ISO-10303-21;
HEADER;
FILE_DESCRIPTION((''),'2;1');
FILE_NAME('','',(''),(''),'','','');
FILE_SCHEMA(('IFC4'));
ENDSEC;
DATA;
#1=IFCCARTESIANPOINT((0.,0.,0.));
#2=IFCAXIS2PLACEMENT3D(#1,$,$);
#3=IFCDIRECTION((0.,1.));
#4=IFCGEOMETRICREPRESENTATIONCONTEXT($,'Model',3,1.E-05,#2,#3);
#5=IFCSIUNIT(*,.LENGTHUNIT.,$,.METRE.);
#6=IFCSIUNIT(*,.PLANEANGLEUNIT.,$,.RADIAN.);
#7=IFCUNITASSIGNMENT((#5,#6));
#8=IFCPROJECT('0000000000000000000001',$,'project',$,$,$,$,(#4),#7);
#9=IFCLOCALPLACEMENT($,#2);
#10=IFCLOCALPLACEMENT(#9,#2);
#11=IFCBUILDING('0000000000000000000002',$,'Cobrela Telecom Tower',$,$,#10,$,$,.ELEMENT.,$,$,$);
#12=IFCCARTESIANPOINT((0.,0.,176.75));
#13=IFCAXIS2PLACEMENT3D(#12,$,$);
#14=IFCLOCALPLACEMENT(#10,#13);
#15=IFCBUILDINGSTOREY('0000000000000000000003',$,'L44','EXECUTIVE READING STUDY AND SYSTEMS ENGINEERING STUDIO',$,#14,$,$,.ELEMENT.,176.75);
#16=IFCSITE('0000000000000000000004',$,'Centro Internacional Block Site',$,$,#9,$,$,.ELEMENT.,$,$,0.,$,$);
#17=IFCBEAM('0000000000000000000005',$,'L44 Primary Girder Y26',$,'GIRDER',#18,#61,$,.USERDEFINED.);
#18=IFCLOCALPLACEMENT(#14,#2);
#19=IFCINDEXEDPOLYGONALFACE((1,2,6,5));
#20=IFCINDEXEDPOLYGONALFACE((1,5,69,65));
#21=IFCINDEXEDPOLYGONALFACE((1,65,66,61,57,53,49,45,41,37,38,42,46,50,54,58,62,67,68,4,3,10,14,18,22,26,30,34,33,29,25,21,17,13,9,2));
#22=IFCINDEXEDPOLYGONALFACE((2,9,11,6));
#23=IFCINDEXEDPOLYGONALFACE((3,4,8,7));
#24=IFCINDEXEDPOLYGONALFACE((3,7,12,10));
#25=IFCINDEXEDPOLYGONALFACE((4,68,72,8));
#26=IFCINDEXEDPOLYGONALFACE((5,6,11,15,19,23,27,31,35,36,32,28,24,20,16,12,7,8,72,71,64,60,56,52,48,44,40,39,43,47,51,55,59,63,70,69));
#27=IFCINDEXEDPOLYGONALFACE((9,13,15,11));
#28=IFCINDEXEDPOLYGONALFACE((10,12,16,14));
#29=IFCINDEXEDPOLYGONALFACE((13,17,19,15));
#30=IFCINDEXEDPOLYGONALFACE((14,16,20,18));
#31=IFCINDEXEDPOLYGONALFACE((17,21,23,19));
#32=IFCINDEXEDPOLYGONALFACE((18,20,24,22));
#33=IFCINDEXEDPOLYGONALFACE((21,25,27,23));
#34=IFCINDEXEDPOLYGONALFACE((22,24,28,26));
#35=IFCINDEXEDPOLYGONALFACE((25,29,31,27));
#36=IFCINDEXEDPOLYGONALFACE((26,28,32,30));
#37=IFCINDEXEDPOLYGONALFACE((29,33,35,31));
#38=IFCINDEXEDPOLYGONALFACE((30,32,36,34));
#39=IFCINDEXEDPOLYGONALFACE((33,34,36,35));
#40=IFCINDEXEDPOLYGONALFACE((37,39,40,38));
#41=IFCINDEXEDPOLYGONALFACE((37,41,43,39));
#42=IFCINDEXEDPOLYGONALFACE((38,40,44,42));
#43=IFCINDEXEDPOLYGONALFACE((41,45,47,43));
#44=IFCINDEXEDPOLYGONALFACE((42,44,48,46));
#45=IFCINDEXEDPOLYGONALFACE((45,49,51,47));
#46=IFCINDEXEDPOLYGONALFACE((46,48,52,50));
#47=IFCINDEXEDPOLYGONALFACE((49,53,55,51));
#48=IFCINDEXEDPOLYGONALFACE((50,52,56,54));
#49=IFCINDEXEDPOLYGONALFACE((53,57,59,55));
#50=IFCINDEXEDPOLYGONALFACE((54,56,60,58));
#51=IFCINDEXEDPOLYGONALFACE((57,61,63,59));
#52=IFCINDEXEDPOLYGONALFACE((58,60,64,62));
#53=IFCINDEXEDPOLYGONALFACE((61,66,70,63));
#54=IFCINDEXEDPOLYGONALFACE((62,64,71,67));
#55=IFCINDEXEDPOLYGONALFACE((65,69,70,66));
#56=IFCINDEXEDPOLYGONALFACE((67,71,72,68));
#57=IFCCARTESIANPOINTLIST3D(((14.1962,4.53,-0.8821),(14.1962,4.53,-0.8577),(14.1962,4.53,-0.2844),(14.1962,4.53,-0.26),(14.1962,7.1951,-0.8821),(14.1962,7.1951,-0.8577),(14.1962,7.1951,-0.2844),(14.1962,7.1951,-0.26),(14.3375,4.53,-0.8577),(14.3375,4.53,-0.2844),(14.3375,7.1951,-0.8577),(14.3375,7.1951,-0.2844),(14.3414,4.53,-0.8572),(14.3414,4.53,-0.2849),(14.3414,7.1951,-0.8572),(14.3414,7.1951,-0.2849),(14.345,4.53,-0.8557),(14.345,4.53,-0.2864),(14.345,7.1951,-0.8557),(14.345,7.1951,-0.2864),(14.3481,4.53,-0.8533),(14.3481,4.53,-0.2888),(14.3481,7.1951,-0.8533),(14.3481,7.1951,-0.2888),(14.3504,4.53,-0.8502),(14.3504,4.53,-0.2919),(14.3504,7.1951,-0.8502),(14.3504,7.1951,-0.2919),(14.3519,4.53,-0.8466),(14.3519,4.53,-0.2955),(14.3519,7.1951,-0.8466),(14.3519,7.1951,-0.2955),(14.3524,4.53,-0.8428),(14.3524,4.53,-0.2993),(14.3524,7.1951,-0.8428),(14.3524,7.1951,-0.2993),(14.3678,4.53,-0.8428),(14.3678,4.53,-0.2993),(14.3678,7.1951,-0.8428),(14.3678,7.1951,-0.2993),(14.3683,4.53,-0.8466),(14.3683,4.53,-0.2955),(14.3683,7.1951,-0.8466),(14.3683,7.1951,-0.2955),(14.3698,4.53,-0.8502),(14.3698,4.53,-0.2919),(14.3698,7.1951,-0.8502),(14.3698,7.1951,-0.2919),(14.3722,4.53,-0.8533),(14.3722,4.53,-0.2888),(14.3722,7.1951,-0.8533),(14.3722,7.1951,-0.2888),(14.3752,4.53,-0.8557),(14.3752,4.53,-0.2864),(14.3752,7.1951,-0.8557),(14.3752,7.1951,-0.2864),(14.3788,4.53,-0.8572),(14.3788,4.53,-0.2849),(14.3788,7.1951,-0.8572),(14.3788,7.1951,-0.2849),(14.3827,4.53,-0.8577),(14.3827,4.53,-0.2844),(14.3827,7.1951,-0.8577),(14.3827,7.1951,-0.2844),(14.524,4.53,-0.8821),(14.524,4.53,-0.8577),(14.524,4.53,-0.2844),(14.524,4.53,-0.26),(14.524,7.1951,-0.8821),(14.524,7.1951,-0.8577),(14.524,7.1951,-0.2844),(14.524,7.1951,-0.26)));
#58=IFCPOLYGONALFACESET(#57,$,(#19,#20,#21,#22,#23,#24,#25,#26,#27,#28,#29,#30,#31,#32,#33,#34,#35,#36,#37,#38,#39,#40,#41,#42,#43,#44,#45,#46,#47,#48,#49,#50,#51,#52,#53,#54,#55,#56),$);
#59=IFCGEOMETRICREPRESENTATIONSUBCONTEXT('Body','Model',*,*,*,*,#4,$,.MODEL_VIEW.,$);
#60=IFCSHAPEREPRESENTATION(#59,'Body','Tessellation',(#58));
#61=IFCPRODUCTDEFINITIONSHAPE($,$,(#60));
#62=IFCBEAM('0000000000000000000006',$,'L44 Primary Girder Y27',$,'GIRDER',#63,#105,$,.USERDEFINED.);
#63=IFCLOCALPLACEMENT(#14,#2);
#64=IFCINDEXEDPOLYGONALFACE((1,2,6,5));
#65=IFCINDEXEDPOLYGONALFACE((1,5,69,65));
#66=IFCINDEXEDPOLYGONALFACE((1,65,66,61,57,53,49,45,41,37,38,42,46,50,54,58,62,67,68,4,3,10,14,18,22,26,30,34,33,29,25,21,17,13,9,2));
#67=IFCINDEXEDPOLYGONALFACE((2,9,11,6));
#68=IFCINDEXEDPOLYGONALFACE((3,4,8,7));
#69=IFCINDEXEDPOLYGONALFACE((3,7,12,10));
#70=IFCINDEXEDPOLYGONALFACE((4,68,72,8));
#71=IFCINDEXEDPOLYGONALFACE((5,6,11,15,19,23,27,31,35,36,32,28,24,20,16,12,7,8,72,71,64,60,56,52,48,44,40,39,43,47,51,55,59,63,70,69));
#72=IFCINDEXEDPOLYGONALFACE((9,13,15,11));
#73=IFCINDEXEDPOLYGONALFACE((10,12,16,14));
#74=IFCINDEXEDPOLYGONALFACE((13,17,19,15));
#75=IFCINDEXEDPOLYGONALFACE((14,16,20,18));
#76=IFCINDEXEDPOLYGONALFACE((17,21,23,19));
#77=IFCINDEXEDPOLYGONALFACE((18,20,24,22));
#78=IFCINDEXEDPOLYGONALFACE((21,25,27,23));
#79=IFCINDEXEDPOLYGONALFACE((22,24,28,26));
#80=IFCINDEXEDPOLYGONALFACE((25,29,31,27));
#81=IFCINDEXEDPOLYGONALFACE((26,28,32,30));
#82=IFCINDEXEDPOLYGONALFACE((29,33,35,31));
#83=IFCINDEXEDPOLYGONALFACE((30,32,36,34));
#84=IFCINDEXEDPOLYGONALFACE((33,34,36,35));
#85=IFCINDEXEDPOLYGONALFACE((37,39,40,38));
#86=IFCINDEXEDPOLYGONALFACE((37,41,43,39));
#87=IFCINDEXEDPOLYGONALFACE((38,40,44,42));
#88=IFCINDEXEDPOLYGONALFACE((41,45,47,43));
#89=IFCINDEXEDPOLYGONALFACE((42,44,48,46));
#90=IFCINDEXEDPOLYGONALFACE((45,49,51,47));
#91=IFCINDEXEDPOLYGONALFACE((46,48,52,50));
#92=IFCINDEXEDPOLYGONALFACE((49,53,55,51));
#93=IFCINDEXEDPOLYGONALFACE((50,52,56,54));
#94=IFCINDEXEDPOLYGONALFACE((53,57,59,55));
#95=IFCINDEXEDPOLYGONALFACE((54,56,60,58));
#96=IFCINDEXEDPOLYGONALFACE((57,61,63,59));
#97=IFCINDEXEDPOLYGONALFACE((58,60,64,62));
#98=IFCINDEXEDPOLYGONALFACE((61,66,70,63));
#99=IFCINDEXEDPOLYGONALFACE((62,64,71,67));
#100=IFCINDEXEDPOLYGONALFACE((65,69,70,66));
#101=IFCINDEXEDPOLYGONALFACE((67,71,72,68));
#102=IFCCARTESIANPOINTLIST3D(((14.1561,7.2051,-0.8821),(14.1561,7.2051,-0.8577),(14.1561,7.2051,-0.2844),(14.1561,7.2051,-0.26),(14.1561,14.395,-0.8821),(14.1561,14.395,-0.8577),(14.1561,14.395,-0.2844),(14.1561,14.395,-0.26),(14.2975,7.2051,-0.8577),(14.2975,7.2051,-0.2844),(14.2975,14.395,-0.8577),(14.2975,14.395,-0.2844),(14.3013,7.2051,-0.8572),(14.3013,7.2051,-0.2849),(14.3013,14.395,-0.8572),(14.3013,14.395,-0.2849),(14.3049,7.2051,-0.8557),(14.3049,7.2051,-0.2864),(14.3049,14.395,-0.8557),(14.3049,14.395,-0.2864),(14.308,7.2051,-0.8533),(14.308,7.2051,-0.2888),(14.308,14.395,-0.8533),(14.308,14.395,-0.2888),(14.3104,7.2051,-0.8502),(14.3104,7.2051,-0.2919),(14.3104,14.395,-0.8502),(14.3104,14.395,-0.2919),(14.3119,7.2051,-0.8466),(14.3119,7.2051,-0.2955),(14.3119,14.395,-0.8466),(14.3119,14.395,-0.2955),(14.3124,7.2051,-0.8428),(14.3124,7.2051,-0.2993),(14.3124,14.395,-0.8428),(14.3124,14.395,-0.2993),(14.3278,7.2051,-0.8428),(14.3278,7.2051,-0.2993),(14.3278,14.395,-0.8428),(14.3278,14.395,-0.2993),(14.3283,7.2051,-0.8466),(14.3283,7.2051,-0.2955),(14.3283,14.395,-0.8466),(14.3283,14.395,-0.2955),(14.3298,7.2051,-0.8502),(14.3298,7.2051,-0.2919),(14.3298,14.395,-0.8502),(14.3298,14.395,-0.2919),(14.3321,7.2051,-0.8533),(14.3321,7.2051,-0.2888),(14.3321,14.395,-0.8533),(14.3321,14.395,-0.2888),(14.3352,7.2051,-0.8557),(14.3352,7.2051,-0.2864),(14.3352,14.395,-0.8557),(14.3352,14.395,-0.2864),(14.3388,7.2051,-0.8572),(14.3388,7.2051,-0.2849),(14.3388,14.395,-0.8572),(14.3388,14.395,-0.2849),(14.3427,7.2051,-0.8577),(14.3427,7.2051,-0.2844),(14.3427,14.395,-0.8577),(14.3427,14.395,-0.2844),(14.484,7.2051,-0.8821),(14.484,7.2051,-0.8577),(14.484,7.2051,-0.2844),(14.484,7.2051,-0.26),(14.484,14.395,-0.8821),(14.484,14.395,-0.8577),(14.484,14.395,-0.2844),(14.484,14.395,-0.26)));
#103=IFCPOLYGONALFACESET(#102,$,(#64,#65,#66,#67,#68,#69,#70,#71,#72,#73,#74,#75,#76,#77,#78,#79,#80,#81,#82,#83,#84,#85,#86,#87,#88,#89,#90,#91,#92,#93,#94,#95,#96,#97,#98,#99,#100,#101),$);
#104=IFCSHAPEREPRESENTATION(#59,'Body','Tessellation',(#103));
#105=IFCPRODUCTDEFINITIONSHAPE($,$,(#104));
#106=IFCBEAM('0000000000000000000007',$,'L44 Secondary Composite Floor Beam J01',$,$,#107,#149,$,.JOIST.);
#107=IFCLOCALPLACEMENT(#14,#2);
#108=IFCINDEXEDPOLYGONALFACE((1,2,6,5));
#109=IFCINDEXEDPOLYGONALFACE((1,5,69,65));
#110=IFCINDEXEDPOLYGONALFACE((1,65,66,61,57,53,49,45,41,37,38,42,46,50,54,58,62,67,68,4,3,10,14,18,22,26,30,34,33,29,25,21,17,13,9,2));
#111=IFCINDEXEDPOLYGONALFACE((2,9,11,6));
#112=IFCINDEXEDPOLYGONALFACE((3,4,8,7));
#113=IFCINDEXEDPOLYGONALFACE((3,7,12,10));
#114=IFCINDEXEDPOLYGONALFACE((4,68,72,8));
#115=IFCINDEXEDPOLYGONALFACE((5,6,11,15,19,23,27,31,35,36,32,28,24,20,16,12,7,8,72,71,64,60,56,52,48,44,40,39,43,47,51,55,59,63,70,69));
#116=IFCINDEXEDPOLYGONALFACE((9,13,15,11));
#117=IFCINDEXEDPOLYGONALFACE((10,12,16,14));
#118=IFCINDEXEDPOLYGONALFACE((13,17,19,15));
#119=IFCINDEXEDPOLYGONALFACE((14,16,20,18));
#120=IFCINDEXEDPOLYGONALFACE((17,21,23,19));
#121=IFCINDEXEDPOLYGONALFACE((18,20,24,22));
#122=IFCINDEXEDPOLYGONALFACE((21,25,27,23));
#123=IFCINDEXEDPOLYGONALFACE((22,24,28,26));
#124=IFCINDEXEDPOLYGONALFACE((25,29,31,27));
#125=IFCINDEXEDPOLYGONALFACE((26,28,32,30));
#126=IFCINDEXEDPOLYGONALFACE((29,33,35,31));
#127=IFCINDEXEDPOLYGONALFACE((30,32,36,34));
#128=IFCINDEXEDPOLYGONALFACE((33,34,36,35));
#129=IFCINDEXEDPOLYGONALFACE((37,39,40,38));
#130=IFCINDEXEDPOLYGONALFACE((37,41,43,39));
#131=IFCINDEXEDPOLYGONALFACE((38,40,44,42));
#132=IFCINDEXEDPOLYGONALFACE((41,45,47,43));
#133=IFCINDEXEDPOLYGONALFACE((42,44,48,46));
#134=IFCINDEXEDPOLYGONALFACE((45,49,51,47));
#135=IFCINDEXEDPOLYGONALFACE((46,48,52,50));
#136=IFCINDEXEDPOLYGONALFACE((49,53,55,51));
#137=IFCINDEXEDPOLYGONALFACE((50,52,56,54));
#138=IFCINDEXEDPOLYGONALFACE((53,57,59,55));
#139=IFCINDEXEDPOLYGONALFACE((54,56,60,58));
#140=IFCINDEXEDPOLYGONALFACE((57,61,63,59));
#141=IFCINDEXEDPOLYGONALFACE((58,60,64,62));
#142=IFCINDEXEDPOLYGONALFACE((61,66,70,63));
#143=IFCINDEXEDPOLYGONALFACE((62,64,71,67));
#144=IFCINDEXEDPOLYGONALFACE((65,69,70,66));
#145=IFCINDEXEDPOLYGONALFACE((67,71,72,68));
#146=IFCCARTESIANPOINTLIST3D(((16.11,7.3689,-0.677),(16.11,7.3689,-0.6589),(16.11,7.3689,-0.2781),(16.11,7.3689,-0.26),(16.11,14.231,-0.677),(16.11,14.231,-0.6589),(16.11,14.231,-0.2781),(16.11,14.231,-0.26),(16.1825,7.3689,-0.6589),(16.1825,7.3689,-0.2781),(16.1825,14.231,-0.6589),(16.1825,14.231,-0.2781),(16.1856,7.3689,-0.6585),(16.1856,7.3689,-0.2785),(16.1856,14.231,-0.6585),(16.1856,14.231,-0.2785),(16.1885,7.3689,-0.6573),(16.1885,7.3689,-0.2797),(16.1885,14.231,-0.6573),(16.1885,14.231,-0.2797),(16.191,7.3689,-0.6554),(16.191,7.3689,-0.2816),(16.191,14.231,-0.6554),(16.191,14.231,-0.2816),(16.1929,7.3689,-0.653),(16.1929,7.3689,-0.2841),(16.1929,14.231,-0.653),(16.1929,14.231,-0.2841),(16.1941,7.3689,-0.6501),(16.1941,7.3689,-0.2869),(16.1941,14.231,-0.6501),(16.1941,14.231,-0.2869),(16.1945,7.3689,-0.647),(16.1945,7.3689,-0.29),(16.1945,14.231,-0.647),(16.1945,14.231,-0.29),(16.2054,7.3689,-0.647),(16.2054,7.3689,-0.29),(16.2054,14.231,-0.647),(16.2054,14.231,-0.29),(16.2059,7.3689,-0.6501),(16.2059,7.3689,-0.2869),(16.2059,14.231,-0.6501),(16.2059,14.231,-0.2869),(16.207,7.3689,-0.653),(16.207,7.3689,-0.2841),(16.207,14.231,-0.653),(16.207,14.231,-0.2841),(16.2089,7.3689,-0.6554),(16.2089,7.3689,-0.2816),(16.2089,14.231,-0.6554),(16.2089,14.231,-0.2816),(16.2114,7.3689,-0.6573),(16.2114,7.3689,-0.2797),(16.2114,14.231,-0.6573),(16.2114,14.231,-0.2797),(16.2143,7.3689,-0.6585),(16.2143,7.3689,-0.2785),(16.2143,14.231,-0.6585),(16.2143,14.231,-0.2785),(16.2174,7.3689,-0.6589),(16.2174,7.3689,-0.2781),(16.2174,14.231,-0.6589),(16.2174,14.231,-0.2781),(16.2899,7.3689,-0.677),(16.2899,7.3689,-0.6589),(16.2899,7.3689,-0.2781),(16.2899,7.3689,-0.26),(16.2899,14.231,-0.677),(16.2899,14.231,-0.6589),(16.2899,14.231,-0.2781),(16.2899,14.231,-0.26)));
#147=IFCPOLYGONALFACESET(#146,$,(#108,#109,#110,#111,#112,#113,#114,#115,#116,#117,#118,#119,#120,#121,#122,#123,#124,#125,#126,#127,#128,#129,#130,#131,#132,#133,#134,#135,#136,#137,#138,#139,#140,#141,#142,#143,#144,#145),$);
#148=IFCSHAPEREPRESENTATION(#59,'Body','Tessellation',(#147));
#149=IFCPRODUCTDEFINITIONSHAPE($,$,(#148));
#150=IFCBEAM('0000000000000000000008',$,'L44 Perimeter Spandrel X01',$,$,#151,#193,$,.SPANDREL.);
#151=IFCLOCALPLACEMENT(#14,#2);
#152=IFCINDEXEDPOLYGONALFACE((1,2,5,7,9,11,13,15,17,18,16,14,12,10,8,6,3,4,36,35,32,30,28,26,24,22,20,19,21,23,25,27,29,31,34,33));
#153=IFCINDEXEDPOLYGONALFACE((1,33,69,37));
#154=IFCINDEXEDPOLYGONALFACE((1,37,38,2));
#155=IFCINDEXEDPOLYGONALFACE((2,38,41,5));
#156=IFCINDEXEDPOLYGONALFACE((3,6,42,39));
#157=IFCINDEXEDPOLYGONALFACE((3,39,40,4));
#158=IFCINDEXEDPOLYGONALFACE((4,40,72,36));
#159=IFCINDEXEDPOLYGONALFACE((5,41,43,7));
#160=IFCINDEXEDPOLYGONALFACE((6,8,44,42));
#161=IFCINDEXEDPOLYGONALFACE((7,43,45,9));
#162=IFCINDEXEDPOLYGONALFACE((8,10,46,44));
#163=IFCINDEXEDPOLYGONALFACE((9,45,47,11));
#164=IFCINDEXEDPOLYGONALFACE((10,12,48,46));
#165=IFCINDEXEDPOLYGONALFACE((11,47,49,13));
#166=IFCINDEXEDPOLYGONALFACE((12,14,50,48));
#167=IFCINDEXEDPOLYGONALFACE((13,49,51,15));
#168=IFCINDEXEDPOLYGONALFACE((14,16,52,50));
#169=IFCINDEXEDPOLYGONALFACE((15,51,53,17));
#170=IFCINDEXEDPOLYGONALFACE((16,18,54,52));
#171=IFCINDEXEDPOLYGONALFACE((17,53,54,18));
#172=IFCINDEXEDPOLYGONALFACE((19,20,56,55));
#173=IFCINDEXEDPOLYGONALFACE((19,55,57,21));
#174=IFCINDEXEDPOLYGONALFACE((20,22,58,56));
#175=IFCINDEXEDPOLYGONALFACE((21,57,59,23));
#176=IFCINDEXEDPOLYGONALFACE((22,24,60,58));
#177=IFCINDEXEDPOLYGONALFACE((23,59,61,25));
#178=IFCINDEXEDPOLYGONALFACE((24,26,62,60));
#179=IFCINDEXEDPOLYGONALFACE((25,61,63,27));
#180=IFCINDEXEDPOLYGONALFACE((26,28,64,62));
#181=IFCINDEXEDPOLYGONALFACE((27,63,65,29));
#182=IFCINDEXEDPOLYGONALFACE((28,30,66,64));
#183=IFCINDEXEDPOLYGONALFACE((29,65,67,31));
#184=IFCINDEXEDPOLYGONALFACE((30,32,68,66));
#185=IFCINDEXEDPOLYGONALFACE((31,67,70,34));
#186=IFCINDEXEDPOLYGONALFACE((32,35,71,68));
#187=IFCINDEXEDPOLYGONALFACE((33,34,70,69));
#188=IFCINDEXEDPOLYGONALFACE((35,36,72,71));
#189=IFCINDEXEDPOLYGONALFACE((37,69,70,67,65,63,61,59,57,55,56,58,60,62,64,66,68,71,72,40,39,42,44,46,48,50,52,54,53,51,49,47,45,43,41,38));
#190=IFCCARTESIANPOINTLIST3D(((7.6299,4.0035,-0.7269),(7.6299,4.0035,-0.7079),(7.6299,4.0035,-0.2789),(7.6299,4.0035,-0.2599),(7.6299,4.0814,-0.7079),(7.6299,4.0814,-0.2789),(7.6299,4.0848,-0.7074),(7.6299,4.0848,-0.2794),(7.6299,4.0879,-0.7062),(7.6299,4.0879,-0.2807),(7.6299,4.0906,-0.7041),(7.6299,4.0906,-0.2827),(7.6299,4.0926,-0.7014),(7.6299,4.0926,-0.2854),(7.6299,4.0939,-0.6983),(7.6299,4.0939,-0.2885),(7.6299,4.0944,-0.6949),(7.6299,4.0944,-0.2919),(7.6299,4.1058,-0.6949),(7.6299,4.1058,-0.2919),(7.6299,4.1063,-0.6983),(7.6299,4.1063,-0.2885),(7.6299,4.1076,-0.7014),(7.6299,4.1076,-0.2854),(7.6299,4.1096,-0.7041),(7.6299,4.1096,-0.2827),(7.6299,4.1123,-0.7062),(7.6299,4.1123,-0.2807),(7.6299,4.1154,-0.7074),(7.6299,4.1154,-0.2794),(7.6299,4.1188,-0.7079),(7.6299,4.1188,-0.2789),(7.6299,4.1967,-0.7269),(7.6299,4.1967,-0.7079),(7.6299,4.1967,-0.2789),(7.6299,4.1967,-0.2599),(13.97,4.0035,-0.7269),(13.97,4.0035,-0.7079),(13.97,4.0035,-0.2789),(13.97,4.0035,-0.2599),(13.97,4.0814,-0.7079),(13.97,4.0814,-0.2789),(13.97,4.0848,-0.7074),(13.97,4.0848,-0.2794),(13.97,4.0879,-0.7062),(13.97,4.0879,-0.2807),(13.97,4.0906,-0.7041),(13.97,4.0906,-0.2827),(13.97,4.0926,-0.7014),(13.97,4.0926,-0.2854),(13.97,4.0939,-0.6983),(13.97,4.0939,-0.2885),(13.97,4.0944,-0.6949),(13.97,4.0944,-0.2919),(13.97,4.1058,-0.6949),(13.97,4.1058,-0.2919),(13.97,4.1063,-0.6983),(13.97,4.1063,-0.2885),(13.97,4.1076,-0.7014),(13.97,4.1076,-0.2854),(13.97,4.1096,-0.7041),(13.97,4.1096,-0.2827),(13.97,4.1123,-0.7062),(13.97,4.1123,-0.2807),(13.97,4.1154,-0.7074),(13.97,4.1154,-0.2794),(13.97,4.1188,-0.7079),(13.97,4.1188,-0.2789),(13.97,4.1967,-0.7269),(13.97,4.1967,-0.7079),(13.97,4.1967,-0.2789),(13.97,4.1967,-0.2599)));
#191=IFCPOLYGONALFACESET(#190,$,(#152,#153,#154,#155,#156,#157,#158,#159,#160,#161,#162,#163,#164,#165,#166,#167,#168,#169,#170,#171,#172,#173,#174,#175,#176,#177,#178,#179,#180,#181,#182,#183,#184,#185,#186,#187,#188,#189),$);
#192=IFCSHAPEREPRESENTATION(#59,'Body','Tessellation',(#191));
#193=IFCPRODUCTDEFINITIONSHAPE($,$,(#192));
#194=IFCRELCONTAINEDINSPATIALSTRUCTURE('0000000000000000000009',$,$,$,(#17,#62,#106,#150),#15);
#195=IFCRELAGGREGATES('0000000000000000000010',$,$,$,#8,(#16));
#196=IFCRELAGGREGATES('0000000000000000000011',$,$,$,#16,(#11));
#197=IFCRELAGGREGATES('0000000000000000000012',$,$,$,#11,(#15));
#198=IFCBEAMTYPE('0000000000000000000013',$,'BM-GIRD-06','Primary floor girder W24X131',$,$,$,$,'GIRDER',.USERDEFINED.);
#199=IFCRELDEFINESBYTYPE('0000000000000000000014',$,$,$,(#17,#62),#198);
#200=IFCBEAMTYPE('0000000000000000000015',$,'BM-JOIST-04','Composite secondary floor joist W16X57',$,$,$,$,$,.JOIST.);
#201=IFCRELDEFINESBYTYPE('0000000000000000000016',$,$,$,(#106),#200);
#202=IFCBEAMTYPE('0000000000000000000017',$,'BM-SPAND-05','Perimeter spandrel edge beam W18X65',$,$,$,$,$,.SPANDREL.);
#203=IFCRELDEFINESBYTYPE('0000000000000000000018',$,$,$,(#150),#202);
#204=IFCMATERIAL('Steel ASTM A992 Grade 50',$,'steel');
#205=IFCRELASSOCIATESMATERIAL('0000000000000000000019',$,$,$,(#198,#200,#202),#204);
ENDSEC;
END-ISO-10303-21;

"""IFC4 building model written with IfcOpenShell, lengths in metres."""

from ifc_helpers import new_model, si_unit, direction, frame, origin, origin_2d, place, context, subcontext, project, spatial, i_section, extrude, material, material_profile, profile_set, type_object, element, save


model = new_model("IFC4")

# Units and contexts
model_context = context("Model", 3, precision=1e-05, world=origin(), true_north=direction((0.0, 1.0)))
body_context = subcontext(model_context, "Body", "Model", "MODEL_VIEW")
ifc_project = project(units=[si_unit("LENGTHUNIT", "METRE"), si_unit("PLANEANGLEUNIT", "RADIAN")], contexts=[model_context])

# Site, building, storey
site_placement = place(None, origin())
site = spatial("IfcSite", under=ifc_project, at=site_placement, Name="Centro Internacional Block Site", CompositionType="ELEMENT", RefElevation=0.0)
building_placement = place(site_placement, origin())
building = spatial("IfcBuilding", under=site, at=building_placement, Name="Cobrela Telecom Tower", CompositionType="ELEMENT")
storey_placement = place(building_placement, frame((0.0, 0.0, 176.75)))
storey = spatial("IfcBuildingStorey", under=building, at=storey_placement, Name="L44", Description="EXECUTIVE READING STUDY AND SYSTEMS ENGINEERING STUDIO", CompositionType="ELEMENT", Elevation=176.75)

# Beams
ifc_material_1 = material(Name="Steel ASTM A992 Grade 50", Category="steel")
ifc_material_profile_1 = material_profile(ifc_material_1, i_section(OverallWidth=0.3279, OverallDepth=0.6221, WebThickness=0.0154, FlangeThickness=0.0244, FilletRadius=0.0149, at=origin_2d()), Name="W24X131")
ifc_profile_set_1 = profile_set([ifc_material_profile_1], Name="Steel ASTM A992 Grade 50")
beam_type_1 = type_object("IfcBeamType", Name="BM-GIRD-06", Description="Primary floor girder W24X131", ElementType="GIRDER", PredefinedType="USERDEFINED", material=ifc_profile_set_1)
beam_1_placement = place(storey_placement, frame((14.3601, 4.53, -0.571), z_axis=(0.0, 1.0, 0.0), x_axis=(-1.0, 0.0, 0.0)))
element("IfcBeam", 1, at=beam_1_placement, inside=storey, type_object=beam_type_1, Name="L44 Primary Girder Y26", ObjectType="GIRDER", PredefinedType="USERDEFINED", context=body_context, shape_type="SweptSolid", body=[
    extrude(i_section(OverallWidth=0.3279, OverallDepth=0.6221, WebThickness=0.0154, FlangeThickness=0.0244, FilletRadius=0.0149, at=origin_2d()), origin(), (0.0, 0.0, 1.0), 2.665),
])
beam_2_placement = place(storey_placement, frame((14.3201, 7.2051, -0.571), z_axis=(0.0, 1.0, 0.0), x_axis=(-1.0, 0.0, 0.0)))
element("IfcBeam", 2, at=beam_2_placement, inside=storey, type_object=beam_type_1, Name="L44 Primary Girder Y27", ObjectType="GIRDER", PredefinedType="USERDEFINED", context=body_context, shape_type="SweptSolid", body=[
    extrude(i_section(OverallWidth=0.3279, OverallDepth=0.6221, WebThickness=0.0154, FlangeThickness=0.0244, FilletRadius=0.0149, at=origin_2d()), origin(), (0.0, 0.0, 1.0), 7.1899),
])
ifc_material_profile_2 = material_profile(ifc_material_1, i_section(OverallWidth=0.1799, OverallDepth=0.417, WebThickness=0.011, FlangeThickness=0.0181, FilletRadius=0.012, at=origin_2d()), Name="W16X57")
ifc_profile_set_2 = profile_set([ifc_material_profile_2], Name="Steel ASTM A992 Grade 50")
beam_type_2 = type_object("IfcBeamType", Name="BM-JOIST-04", Description="Composite secondary floor joist W16X57", PredefinedType="JOIST", material=ifc_profile_set_2)
beam_3_placement = place(storey_placement, frame((16.2, 7.3689, -0.4685), z_axis=(0.0, 1.0, 0.0), x_axis=(-1.0, 0.0, 0.0)))
element("IfcBeam", 3, at=beam_3_placement, inside=storey, type_object=beam_type_2, Name="L44 Secondary Composite Floor Beam J01", PredefinedType="JOIST", context=body_context, shape_type="SweptSolid", body=[
    extrude(i_section(OverallWidth=0.1799, OverallDepth=0.417, WebThickness=0.011, FlangeThickness=0.0181, FilletRadius=0.012, at=origin_2d()), origin(), (0.0, 0.0, 1.0), 6.8621),
])
ifc_material_profile_3 = material_profile(ifc_material_1, i_section(OverallWidth=0.1931, OverallDepth=0.467, WebThickness=0.0115, FlangeThickness=0.019, FilletRadius=0.0129, at=origin_2d()), Name="W18X65")
ifc_profile_set_3 = profile_set([ifc_material_profile_3], Name="Steel ASTM A992 Grade 50")
beam_type_3 = type_object("IfcBeamType", Name="BM-SPAND-05", Description="Perimeter spandrel edge beam W18X65", PredefinedType="SPANDREL", material=ifc_profile_set_3)
beam_4_placement = place(storey_placement, frame((7.6299, 4.1001, -0.4934), z_axis=(1.0, 0.0, 0.0), x_axis=(0.0, 1.0, 0.0)))
element("IfcBeam", 4, at=beam_4_placement, inside=storey, type_object=beam_type_3, Name="L44 Perimeter Spandrel X01", PredefinedType="SPANDREL", context=body_context, shape_type="SweptSolid", body=[
    extrude(i_section(OverallWidth=0.1931, OverallDepth=0.467, WebThickness=0.0115, FlangeThickness=0.019, FilletRadius=0.0129, at=origin_2d()), origin(), (0.0, 0.0, 1.0), 6.3401),
])

save(model, "model.ifc")
